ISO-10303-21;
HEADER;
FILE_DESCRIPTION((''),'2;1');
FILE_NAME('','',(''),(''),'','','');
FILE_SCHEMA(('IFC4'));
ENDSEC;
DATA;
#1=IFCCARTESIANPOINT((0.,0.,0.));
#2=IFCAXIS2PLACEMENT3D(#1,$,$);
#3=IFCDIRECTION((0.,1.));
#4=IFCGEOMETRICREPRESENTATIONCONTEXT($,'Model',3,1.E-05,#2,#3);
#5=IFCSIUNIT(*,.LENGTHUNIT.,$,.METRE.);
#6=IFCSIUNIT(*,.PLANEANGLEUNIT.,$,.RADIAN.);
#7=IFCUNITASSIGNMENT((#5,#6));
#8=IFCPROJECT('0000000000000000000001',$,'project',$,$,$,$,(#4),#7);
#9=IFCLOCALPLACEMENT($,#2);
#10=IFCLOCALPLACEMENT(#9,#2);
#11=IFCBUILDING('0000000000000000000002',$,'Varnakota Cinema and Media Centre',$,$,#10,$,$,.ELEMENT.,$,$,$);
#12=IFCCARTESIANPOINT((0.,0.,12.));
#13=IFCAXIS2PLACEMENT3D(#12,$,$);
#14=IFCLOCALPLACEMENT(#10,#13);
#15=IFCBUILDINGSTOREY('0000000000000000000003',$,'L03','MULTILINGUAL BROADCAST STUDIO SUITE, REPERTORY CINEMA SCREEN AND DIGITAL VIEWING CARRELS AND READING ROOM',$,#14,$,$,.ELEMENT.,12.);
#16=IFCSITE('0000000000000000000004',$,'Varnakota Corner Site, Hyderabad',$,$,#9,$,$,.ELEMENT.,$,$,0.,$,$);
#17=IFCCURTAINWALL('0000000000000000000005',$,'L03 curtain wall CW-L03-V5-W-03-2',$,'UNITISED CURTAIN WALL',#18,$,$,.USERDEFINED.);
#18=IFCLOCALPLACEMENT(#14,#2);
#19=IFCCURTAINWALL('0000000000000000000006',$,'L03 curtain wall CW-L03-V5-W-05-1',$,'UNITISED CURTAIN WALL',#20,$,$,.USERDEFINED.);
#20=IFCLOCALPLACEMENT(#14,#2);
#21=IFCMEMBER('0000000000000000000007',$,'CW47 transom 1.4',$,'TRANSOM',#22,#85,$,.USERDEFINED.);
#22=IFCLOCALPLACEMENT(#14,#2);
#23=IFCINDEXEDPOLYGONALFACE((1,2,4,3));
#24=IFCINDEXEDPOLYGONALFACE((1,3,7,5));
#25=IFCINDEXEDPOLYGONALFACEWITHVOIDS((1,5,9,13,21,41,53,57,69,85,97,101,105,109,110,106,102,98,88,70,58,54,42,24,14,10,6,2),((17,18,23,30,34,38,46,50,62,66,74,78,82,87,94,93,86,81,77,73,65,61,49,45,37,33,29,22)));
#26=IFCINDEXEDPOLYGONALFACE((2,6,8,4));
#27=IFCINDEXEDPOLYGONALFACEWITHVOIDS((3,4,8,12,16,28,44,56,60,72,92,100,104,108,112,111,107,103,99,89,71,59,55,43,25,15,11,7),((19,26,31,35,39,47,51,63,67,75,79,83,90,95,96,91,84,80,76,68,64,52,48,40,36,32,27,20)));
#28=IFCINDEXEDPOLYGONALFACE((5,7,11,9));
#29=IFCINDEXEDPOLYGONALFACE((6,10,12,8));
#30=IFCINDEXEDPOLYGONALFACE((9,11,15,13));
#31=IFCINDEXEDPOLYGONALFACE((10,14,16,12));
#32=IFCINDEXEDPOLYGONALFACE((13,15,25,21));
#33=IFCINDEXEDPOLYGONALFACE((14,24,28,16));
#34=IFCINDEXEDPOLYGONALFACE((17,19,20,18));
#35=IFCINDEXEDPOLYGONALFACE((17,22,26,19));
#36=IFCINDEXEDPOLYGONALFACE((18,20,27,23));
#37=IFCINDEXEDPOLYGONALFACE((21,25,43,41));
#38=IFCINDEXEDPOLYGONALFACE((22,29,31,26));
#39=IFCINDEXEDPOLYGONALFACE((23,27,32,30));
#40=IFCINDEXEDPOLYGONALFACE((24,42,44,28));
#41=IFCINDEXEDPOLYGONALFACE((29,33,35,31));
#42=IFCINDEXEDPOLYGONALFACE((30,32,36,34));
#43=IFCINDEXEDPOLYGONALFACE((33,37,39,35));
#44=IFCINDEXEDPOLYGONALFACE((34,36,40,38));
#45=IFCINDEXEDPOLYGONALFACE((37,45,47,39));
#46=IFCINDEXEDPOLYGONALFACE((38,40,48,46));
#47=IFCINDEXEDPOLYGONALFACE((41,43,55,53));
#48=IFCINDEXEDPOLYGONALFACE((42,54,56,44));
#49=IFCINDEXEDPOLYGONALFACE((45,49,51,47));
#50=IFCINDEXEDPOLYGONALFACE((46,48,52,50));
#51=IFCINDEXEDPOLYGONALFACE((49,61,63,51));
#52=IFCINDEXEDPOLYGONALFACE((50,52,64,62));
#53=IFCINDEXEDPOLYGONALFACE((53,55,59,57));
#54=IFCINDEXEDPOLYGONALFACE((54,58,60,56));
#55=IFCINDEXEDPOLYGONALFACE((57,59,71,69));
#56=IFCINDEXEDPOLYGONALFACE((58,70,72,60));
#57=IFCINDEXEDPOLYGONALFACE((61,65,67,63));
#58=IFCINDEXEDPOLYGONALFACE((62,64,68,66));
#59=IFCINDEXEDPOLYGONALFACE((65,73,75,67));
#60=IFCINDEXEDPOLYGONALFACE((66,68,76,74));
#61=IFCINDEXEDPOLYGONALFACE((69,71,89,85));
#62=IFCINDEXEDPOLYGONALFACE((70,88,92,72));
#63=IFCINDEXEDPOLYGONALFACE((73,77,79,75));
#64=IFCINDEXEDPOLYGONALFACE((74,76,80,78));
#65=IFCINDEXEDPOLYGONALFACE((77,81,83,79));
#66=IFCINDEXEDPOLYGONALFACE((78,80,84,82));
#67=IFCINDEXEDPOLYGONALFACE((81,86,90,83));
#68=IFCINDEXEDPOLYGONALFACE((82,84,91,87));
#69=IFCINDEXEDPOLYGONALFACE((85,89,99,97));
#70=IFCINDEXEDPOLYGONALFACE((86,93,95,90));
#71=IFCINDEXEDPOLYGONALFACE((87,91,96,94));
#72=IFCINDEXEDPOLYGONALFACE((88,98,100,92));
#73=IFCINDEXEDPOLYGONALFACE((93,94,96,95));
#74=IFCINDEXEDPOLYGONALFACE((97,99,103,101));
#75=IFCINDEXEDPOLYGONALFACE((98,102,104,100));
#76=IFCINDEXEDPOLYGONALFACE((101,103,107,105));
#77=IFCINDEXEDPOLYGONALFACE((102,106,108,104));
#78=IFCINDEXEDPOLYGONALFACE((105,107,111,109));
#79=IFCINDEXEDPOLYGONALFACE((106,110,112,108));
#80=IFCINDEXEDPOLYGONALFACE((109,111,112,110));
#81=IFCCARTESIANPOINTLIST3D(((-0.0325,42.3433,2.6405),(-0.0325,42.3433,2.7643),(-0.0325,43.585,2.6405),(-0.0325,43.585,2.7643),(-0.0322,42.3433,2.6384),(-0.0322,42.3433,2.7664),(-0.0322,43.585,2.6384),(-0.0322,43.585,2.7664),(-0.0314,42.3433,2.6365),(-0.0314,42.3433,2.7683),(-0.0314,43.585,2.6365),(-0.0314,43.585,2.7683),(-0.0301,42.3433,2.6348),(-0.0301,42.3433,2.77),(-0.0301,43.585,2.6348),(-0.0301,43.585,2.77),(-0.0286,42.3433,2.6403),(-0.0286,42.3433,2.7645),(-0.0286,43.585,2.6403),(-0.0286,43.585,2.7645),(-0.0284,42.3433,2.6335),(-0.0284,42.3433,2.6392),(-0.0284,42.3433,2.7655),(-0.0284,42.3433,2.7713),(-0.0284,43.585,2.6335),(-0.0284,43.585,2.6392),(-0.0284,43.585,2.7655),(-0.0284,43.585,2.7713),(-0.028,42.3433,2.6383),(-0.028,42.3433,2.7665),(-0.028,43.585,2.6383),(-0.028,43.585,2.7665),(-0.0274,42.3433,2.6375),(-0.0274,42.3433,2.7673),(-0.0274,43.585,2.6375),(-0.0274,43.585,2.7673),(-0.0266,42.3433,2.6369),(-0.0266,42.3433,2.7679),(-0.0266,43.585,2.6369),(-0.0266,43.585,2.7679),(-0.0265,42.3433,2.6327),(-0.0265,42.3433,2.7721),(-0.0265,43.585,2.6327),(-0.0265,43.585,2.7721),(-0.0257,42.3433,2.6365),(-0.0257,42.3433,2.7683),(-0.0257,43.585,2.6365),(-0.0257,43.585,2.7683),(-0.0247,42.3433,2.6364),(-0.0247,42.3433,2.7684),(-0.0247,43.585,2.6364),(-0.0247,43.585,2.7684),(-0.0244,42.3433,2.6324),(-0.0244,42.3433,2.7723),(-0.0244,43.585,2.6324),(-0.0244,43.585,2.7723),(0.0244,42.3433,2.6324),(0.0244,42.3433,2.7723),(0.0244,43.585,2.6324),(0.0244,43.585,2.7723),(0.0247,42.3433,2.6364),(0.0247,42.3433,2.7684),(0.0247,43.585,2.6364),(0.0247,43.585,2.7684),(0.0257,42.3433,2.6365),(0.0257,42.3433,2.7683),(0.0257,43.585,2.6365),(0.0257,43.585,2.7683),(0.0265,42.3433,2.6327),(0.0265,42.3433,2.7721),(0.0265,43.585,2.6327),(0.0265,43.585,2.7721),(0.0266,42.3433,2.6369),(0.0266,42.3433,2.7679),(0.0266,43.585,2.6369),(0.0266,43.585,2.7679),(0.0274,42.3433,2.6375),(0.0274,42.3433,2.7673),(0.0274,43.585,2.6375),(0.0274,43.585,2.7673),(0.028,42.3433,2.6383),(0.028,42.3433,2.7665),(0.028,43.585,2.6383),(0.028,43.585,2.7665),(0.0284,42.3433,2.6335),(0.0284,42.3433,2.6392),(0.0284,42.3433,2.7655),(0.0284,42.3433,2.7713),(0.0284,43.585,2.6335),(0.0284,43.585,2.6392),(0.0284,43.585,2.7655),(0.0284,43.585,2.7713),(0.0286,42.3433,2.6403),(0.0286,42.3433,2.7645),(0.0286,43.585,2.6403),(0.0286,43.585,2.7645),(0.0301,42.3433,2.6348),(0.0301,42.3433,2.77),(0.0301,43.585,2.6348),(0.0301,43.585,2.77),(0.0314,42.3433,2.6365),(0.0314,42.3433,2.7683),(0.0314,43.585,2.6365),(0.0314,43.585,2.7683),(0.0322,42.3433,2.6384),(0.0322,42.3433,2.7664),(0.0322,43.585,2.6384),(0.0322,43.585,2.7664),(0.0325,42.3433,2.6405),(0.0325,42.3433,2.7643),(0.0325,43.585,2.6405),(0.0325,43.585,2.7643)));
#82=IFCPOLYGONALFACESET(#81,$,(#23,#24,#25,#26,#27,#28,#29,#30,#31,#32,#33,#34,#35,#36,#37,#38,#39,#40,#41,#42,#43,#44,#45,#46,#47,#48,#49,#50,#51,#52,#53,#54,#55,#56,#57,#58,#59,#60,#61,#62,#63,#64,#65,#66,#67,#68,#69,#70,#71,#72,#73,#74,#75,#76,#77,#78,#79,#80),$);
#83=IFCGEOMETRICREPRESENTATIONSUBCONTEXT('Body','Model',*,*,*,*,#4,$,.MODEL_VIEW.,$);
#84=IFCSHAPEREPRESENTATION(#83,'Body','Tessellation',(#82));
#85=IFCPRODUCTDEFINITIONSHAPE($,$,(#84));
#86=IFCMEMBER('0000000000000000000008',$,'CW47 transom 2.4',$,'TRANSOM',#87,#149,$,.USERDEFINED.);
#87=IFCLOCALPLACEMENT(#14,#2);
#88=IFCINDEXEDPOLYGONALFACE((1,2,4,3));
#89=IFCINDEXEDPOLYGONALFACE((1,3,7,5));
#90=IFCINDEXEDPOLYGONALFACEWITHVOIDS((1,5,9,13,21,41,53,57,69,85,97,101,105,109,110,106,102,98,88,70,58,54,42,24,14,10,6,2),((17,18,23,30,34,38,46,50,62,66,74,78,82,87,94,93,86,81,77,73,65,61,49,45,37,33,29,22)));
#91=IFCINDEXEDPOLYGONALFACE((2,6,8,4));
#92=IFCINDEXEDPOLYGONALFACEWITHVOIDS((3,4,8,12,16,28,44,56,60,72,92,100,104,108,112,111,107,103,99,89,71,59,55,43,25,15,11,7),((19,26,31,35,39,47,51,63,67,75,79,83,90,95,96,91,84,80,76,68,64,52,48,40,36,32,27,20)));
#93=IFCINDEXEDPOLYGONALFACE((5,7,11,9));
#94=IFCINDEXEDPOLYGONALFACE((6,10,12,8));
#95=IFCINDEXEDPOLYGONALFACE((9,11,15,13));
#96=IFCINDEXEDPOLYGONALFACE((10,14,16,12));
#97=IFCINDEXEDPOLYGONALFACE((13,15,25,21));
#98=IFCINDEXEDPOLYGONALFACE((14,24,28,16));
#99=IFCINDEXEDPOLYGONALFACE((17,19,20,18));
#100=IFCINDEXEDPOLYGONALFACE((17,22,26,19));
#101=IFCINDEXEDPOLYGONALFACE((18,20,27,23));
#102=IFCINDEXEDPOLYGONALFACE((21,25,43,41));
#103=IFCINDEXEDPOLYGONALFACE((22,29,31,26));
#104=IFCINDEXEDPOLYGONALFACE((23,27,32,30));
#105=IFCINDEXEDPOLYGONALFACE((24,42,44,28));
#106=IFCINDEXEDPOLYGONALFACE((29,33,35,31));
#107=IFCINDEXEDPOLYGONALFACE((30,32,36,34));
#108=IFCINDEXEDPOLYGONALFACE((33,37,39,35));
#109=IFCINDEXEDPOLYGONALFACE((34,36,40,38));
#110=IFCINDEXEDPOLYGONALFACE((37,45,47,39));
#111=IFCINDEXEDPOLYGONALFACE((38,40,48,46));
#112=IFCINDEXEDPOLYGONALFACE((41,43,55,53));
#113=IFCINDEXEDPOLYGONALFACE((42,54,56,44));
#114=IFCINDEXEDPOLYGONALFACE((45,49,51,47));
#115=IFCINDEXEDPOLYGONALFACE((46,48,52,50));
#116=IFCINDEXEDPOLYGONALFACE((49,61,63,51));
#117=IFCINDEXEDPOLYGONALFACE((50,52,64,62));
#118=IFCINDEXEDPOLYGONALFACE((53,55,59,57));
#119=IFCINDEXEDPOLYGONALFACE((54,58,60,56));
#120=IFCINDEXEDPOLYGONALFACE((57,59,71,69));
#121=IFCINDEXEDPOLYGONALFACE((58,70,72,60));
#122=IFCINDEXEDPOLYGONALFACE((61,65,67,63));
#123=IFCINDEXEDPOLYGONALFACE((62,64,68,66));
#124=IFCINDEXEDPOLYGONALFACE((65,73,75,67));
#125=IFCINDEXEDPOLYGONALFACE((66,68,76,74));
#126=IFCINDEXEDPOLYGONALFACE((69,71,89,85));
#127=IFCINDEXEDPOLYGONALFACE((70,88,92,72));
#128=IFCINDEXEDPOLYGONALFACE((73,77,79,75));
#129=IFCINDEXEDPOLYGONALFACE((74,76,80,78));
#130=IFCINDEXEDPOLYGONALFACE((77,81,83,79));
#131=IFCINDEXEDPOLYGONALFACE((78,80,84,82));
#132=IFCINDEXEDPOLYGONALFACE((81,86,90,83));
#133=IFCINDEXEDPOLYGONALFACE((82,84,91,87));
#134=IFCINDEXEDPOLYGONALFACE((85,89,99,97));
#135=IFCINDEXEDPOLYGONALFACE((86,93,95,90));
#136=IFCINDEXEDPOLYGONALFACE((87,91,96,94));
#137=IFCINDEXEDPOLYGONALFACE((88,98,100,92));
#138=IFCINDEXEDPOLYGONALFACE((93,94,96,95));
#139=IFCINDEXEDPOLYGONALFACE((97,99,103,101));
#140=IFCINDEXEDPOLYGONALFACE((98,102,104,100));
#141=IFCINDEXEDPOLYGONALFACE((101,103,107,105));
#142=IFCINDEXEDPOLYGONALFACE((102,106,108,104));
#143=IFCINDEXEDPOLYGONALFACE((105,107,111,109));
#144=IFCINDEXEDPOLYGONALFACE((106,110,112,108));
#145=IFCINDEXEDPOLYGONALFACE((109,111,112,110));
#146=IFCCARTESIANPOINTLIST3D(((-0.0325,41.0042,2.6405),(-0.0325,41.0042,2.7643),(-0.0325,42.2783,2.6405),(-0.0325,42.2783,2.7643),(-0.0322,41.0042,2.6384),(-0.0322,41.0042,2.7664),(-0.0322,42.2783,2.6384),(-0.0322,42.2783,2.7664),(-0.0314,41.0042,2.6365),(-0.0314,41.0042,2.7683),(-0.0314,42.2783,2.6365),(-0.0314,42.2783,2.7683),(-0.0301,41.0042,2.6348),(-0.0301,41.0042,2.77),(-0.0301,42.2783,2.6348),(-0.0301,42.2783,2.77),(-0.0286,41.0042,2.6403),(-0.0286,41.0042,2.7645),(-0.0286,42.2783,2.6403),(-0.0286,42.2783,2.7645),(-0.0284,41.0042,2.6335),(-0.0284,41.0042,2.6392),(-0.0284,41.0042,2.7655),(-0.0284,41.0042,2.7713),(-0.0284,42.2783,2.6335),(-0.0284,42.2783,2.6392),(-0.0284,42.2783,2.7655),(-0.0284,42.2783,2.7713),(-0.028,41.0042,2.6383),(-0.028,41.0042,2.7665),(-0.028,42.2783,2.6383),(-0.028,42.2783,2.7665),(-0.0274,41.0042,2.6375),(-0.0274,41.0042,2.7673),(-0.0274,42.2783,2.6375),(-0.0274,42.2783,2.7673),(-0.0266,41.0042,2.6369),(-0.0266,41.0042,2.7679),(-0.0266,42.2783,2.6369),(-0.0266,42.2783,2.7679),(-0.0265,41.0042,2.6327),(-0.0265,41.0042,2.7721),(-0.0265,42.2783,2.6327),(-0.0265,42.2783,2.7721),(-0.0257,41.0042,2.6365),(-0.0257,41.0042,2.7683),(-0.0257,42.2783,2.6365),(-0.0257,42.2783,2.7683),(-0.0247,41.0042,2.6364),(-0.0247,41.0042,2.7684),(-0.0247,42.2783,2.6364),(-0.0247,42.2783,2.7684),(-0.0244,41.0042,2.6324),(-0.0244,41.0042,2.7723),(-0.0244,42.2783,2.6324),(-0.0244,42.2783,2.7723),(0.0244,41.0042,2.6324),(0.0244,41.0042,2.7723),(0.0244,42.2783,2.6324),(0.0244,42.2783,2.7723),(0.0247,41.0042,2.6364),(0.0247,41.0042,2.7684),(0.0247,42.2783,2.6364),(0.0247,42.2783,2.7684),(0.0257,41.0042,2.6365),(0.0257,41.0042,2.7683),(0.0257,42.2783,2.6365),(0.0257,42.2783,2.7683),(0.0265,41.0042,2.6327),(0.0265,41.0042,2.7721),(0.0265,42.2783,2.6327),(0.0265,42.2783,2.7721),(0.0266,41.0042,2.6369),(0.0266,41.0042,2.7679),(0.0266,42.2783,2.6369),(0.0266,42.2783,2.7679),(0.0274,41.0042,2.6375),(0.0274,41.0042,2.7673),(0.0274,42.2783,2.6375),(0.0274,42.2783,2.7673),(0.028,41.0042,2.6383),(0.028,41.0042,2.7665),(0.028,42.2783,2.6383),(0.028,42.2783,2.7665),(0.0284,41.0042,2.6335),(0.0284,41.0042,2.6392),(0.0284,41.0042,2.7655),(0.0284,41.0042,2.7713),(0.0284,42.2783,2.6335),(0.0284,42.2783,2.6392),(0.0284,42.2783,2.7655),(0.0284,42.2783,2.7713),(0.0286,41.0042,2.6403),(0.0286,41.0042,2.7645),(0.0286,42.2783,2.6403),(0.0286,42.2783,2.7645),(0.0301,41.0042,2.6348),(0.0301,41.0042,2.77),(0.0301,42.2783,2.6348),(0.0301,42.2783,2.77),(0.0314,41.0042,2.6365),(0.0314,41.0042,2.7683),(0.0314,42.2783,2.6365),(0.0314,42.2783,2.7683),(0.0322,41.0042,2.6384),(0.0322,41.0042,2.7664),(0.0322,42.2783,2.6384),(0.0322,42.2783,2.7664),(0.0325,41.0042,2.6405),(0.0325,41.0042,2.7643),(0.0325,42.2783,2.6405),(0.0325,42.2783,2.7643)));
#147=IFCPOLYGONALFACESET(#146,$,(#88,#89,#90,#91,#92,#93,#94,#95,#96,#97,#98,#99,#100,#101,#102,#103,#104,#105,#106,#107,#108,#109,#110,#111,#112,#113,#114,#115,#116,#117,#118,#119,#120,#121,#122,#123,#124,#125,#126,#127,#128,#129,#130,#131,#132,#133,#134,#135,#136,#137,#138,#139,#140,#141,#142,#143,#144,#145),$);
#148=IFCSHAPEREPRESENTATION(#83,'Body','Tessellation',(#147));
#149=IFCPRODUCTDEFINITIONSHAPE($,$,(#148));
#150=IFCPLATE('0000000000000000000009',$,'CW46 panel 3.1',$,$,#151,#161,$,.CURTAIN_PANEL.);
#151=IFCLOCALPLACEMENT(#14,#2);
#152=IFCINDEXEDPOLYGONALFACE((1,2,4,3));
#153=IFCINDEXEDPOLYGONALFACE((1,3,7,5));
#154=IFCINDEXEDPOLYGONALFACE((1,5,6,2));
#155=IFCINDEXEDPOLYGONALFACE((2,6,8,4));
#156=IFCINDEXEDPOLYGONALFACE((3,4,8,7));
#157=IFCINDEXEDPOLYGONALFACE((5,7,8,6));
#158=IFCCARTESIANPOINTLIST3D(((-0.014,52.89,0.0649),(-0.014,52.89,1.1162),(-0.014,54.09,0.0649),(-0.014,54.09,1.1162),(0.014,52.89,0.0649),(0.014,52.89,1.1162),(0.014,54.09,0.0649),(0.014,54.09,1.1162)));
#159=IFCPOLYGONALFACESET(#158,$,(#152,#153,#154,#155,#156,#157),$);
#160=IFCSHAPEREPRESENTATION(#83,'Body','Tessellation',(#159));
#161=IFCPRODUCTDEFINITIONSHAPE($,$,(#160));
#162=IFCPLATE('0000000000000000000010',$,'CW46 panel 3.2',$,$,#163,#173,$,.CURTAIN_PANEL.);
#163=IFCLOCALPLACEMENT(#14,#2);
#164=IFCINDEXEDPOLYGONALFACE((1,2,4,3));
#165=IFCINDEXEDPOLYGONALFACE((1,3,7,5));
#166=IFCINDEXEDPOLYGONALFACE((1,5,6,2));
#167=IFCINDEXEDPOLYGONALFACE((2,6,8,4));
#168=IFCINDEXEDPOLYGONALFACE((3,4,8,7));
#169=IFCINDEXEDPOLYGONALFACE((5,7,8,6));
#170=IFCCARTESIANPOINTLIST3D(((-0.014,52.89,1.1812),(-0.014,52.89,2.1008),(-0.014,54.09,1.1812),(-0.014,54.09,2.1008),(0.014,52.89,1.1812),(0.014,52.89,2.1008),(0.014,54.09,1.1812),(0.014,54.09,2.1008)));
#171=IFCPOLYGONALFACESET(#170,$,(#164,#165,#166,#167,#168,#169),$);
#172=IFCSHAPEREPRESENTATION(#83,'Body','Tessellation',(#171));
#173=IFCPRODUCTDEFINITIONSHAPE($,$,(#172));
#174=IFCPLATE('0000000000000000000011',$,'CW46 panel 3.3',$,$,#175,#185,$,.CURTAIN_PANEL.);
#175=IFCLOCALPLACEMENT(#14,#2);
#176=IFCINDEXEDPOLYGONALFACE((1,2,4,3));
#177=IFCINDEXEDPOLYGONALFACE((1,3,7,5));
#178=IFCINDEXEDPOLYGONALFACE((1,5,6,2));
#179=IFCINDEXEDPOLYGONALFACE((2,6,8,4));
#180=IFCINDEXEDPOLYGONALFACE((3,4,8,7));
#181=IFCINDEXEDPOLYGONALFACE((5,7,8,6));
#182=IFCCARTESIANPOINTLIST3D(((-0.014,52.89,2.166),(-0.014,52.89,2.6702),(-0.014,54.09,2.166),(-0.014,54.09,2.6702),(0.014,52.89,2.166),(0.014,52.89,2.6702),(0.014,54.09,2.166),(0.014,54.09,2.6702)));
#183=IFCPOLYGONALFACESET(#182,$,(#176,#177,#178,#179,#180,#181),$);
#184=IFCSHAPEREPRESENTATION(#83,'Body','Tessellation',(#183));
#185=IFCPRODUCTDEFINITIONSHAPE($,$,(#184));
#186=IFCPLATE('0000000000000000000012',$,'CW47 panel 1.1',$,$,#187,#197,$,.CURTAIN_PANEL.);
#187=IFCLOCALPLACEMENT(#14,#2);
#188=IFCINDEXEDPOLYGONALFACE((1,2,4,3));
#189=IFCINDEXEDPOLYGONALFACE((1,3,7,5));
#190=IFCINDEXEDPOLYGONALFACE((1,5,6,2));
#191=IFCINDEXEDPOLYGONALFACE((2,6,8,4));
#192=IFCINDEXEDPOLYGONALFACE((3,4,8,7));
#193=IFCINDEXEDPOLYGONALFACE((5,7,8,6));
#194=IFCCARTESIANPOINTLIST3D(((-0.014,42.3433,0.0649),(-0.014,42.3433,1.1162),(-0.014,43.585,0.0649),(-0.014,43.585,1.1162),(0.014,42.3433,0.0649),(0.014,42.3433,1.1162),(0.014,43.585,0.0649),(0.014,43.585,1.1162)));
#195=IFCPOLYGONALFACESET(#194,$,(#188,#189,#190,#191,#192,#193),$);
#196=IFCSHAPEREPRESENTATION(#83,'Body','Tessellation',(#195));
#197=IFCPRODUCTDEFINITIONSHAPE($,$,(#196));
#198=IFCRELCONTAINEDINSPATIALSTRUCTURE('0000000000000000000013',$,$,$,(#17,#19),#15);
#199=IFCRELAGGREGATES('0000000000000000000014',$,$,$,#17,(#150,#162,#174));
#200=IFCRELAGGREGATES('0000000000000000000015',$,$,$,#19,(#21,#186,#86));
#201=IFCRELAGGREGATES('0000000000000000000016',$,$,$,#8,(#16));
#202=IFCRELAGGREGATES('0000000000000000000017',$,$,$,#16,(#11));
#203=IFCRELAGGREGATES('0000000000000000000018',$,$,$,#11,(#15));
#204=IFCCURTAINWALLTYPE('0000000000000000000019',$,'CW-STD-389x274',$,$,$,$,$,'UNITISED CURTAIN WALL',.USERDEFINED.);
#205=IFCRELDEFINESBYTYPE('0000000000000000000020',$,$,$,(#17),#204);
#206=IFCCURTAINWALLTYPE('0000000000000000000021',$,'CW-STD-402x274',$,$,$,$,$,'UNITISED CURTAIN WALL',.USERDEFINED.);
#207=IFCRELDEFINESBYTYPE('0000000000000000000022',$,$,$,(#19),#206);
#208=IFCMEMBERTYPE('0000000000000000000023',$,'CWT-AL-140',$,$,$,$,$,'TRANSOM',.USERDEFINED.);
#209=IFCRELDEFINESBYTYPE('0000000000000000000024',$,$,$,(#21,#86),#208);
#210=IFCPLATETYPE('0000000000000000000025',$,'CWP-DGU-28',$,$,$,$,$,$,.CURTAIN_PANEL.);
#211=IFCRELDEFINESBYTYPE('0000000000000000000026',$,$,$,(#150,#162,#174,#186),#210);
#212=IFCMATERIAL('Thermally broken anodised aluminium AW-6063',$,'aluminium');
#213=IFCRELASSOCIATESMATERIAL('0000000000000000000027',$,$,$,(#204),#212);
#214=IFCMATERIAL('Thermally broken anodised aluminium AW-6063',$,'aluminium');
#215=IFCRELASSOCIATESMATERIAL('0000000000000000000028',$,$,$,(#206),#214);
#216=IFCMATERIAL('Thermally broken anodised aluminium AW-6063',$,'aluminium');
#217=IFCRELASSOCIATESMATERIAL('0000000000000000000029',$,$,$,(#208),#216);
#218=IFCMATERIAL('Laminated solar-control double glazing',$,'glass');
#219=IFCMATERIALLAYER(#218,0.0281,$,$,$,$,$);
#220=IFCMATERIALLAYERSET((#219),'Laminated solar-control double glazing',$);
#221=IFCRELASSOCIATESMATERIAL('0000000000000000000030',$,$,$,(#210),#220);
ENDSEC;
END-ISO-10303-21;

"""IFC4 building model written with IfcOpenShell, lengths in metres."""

from ifc_helpers import new_model, si_unit, direction, frame, origin, origin_2d, place, context, subcontext, project, spatial, rectangle, hollow_rectangle, extrude, material, layer, layer_set, material_profile, profile_set, type_object, element, aggregate, save


model = new_model("IFC4")

# Units and contexts
model_context = context("Model", 3, precision=1e-05, world=origin(), true_north=direction((0.0, 1.0)))
body_context = subcontext(model_context, "Body", "Model", "MODEL_VIEW")
ifc_project = project(units=[si_unit("LENGTHUNIT", "METRE"), si_unit("PLANEANGLEUNIT", "RADIAN")], contexts=[model_context])

# Site, building, storey
site_placement = place(None, origin())
site = spatial("IfcSite", under=ifc_project, at=site_placement, Name="Varnakota Corner Site, Hyderabad", CompositionType="ELEMENT", RefElevation=0.0)
building_placement = place(site_placement, origin())
building = spatial("IfcBuilding", under=site, at=building_placement, Name="Varnakota Cinema and Media Centre", CompositionType="ELEMENT")
storey_placement = place(building_placement, frame((0.0, 0.0, 12.0)))
storey = spatial("IfcBuildingStorey", under=building, at=storey_placement, Name="L03", Description="MULTILINGUAL BROADCAST STUDIO SUITE, REPERTORY CINEMA SCREEN AND DIGITAL VIEWING CARRELS AND READING ROOM", CompositionType="ELEMENT", Elevation=12.0)

# Curtain wall
ifc_material_1 = material(Name="Thermally broken anodised aluminium AW-6063", Category="aluminium")
curtain_wall_type_1 = type_object("IfcCurtainWallType", Name="CW-STD-389x274", ElementType="UNITISED CURTAIN WALL", PredefinedType="USERDEFINED", material=ifc_material_1)
curtain_wall_1_placement = place(storey_placement, origin())
curtain_wall_1 = element("IfcCurtainWall", 1, at=curtain_wall_1_placement, inside=storey, type_object=curtain_wall_type_1, Name="L03 curtain wall CW-L03-V5-W-03-2", ObjectType="UNITISED CURTAIN WALL", PredefinedType="USERDEFINED")

# Curtain wall, members
ifc_material_2 = material(Name="Thermally broken anodised aluminium AW-6063", Category="aluminium")
curtain_wall_type_2 = type_object("IfcCurtainWallType", Name="CW-STD-402x274", ElementType="UNITISED CURTAIN WALL", PredefinedType="USERDEFINED", material=ifc_material_2)
curtain_wall_2_placement = place(storey_placement, origin())
curtain_wall_2 = element("IfcCurtainWall", 2, at=curtain_wall_2_placement, inside=storey, type_object=curtain_wall_type_2, Name="L03 curtain wall CW-L03-V5-W-05-1", ObjectType="UNITISED CURTAIN WALL", PredefinedType="USERDEFINED")
ifc_material_3 = material(Name="Thermally broken anodised aluminium AW-6063", Category="aluminium")
ifc_material_profile_1 = material_profile(ifc_material_3, hollow_rectangle(XDim=0.0649, YDim=0.1399, WallThickness=0.0039, InnerFilletRadius=0.0039, OuterFilletRadius=0.0081, at=origin_2d()), Name="AL-TRANSOM 140x65x4")
ifc_profile_set_1 = profile_set([ifc_material_profile_1], Name="Thermally broken anodised aluminium AW-6063")
member_type_1 = type_object("IfcMemberType", Name="CWT-AL-140", ElementType="TRANSOM", PredefinedType="USERDEFINED", material=ifc_profile_set_1)
member_1_placement = place(storey_placement, frame((0.0, 43.585, 2.7024), z_axis=(0.0, -1.0, 0.0), x_axis=(1.0, 0.0, 0.0)))
member_1 = element("IfcMember", 3, at=member_1_placement, type_object=member_type_1, Name="CW47 transom 1.4", ObjectType="TRANSOM", PredefinedType="USERDEFINED", context=body_context, shape_type="SweptSolid", body=[
    extrude(hollow_rectangle(XDim=0.0649, YDim=0.1399, WallThickness=0.0039, InnerFilletRadius=0.0039, OuterFilletRadius=0.0081, at=origin_2d()), origin(), (0.0, 0.0, 1.0), 1.2417),
])
member_2_placement = place(storey_placement, frame((0.0, 42.2783, 2.7024), z_axis=(0.0, -1.0, 0.0), x_axis=(1.0, 0.0, 0.0)))
member_2 = element("IfcMember", 4, at=member_2_placement, type_object=member_type_1, Name="CW47 transom 2.4", ObjectType="TRANSOM", PredefinedType="USERDEFINED", context=body_context, shape_type="SweptSolid", body=[
    extrude(hollow_rectangle(XDim=0.0649, YDim=0.1399, WallThickness=0.0039, InnerFilletRadius=0.0039, OuterFilletRadius=0.0081, at=origin_2d()), origin(), (0.0, 0.0, 1.0), 1.2742),
])

# Plates
ifc_material_4 = material(Name="Laminated solar-control double glazing", Category="glass")
ifc_layer_1 = layer(ifc_material_4, 0.0281)
ifc_layer_set_1 = layer_set([ifc_layer_1], Name="Laminated solar-control double glazing")
plate_type = type_object("IfcPlateType", Name="CWP-DGU-28", PredefinedType="CURTAIN_PANEL", material=ifc_layer_set_1)
plate_1_placement = place(storey_placement, frame((0.0, 53.49, 0.0649), z_axis=(0.0, 0.0, 1.0), x_axis=(0.0, -1.0, 0.0)))
plate_1 = element("IfcPlate", 5, at=plate_1_placement, type_object=plate_type, Name="CW46 panel 3.1", PredefinedType="CURTAIN_PANEL", context=body_context, shape_type="SweptSolid", body=[
    extrude(rectangle(XDim=1.2, YDim=0.0281, at=origin_2d()), origin(), (0.0, 0.0, 1.0), 1.0513),
])
plate_2_placement = place(storey_placement, frame((0.0, 53.49, 1.1812), z_axis=(0.0, 0.0, 1.0), x_axis=(0.0, -1.0, 0.0)))
plate_2 = element("IfcPlate", 6, at=plate_2_placement, type_object=plate_type, Name="CW46 panel 3.2", PredefinedType="CURTAIN_PANEL", context=body_context, shape_type="SweptSolid", body=[
    extrude(rectangle(XDim=1.2, YDim=0.0281, at=origin_2d()), origin(), (0.0, 0.0, 1.0), 0.9197),
])
plate_3_placement = place(storey_placement, frame((0.0, 53.49, 2.166), z_axis=(0.0, 0.0, 1.0), x_axis=(0.0, -1.0, 0.0)))
plate_3 = element("IfcPlate", 7, at=plate_3_placement, type_object=plate_type, Name="CW46 panel 3.3", PredefinedType="CURTAIN_PANEL", context=body_context, shape_type="SweptSolid", body=[
    extrude(rectangle(XDim=1.2, YDim=0.0281, at=origin_2d()), origin(), (0.0, 0.0, 1.0), 0.5042),
])
aggregate(curtain_wall_1, [plate_1, plate_2, plate_3])
plate_4_placement = place(storey_placement, frame((0.0, 42.9641, 0.0649), z_axis=(0.0, 0.0, 1.0), x_axis=(0.0, -1.0, 0.0)))
plate_4 = element("IfcPlate", 8, at=plate_4_placement, type_object=plate_type, Name="CW47 panel 1.1", PredefinedType="CURTAIN_PANEL", context=body_context, shape_type="SweptSolid", body=[
    extrude(rectangle(XDim=1.2417, YDim=0.0281, at=origin_2d()), origin(), (0.0, 0.0, 1.0), 1.0513),
])
aggregate(curtain_wall_2, [member_1, plate_4, member_2])

save(model, "model.ifc")
